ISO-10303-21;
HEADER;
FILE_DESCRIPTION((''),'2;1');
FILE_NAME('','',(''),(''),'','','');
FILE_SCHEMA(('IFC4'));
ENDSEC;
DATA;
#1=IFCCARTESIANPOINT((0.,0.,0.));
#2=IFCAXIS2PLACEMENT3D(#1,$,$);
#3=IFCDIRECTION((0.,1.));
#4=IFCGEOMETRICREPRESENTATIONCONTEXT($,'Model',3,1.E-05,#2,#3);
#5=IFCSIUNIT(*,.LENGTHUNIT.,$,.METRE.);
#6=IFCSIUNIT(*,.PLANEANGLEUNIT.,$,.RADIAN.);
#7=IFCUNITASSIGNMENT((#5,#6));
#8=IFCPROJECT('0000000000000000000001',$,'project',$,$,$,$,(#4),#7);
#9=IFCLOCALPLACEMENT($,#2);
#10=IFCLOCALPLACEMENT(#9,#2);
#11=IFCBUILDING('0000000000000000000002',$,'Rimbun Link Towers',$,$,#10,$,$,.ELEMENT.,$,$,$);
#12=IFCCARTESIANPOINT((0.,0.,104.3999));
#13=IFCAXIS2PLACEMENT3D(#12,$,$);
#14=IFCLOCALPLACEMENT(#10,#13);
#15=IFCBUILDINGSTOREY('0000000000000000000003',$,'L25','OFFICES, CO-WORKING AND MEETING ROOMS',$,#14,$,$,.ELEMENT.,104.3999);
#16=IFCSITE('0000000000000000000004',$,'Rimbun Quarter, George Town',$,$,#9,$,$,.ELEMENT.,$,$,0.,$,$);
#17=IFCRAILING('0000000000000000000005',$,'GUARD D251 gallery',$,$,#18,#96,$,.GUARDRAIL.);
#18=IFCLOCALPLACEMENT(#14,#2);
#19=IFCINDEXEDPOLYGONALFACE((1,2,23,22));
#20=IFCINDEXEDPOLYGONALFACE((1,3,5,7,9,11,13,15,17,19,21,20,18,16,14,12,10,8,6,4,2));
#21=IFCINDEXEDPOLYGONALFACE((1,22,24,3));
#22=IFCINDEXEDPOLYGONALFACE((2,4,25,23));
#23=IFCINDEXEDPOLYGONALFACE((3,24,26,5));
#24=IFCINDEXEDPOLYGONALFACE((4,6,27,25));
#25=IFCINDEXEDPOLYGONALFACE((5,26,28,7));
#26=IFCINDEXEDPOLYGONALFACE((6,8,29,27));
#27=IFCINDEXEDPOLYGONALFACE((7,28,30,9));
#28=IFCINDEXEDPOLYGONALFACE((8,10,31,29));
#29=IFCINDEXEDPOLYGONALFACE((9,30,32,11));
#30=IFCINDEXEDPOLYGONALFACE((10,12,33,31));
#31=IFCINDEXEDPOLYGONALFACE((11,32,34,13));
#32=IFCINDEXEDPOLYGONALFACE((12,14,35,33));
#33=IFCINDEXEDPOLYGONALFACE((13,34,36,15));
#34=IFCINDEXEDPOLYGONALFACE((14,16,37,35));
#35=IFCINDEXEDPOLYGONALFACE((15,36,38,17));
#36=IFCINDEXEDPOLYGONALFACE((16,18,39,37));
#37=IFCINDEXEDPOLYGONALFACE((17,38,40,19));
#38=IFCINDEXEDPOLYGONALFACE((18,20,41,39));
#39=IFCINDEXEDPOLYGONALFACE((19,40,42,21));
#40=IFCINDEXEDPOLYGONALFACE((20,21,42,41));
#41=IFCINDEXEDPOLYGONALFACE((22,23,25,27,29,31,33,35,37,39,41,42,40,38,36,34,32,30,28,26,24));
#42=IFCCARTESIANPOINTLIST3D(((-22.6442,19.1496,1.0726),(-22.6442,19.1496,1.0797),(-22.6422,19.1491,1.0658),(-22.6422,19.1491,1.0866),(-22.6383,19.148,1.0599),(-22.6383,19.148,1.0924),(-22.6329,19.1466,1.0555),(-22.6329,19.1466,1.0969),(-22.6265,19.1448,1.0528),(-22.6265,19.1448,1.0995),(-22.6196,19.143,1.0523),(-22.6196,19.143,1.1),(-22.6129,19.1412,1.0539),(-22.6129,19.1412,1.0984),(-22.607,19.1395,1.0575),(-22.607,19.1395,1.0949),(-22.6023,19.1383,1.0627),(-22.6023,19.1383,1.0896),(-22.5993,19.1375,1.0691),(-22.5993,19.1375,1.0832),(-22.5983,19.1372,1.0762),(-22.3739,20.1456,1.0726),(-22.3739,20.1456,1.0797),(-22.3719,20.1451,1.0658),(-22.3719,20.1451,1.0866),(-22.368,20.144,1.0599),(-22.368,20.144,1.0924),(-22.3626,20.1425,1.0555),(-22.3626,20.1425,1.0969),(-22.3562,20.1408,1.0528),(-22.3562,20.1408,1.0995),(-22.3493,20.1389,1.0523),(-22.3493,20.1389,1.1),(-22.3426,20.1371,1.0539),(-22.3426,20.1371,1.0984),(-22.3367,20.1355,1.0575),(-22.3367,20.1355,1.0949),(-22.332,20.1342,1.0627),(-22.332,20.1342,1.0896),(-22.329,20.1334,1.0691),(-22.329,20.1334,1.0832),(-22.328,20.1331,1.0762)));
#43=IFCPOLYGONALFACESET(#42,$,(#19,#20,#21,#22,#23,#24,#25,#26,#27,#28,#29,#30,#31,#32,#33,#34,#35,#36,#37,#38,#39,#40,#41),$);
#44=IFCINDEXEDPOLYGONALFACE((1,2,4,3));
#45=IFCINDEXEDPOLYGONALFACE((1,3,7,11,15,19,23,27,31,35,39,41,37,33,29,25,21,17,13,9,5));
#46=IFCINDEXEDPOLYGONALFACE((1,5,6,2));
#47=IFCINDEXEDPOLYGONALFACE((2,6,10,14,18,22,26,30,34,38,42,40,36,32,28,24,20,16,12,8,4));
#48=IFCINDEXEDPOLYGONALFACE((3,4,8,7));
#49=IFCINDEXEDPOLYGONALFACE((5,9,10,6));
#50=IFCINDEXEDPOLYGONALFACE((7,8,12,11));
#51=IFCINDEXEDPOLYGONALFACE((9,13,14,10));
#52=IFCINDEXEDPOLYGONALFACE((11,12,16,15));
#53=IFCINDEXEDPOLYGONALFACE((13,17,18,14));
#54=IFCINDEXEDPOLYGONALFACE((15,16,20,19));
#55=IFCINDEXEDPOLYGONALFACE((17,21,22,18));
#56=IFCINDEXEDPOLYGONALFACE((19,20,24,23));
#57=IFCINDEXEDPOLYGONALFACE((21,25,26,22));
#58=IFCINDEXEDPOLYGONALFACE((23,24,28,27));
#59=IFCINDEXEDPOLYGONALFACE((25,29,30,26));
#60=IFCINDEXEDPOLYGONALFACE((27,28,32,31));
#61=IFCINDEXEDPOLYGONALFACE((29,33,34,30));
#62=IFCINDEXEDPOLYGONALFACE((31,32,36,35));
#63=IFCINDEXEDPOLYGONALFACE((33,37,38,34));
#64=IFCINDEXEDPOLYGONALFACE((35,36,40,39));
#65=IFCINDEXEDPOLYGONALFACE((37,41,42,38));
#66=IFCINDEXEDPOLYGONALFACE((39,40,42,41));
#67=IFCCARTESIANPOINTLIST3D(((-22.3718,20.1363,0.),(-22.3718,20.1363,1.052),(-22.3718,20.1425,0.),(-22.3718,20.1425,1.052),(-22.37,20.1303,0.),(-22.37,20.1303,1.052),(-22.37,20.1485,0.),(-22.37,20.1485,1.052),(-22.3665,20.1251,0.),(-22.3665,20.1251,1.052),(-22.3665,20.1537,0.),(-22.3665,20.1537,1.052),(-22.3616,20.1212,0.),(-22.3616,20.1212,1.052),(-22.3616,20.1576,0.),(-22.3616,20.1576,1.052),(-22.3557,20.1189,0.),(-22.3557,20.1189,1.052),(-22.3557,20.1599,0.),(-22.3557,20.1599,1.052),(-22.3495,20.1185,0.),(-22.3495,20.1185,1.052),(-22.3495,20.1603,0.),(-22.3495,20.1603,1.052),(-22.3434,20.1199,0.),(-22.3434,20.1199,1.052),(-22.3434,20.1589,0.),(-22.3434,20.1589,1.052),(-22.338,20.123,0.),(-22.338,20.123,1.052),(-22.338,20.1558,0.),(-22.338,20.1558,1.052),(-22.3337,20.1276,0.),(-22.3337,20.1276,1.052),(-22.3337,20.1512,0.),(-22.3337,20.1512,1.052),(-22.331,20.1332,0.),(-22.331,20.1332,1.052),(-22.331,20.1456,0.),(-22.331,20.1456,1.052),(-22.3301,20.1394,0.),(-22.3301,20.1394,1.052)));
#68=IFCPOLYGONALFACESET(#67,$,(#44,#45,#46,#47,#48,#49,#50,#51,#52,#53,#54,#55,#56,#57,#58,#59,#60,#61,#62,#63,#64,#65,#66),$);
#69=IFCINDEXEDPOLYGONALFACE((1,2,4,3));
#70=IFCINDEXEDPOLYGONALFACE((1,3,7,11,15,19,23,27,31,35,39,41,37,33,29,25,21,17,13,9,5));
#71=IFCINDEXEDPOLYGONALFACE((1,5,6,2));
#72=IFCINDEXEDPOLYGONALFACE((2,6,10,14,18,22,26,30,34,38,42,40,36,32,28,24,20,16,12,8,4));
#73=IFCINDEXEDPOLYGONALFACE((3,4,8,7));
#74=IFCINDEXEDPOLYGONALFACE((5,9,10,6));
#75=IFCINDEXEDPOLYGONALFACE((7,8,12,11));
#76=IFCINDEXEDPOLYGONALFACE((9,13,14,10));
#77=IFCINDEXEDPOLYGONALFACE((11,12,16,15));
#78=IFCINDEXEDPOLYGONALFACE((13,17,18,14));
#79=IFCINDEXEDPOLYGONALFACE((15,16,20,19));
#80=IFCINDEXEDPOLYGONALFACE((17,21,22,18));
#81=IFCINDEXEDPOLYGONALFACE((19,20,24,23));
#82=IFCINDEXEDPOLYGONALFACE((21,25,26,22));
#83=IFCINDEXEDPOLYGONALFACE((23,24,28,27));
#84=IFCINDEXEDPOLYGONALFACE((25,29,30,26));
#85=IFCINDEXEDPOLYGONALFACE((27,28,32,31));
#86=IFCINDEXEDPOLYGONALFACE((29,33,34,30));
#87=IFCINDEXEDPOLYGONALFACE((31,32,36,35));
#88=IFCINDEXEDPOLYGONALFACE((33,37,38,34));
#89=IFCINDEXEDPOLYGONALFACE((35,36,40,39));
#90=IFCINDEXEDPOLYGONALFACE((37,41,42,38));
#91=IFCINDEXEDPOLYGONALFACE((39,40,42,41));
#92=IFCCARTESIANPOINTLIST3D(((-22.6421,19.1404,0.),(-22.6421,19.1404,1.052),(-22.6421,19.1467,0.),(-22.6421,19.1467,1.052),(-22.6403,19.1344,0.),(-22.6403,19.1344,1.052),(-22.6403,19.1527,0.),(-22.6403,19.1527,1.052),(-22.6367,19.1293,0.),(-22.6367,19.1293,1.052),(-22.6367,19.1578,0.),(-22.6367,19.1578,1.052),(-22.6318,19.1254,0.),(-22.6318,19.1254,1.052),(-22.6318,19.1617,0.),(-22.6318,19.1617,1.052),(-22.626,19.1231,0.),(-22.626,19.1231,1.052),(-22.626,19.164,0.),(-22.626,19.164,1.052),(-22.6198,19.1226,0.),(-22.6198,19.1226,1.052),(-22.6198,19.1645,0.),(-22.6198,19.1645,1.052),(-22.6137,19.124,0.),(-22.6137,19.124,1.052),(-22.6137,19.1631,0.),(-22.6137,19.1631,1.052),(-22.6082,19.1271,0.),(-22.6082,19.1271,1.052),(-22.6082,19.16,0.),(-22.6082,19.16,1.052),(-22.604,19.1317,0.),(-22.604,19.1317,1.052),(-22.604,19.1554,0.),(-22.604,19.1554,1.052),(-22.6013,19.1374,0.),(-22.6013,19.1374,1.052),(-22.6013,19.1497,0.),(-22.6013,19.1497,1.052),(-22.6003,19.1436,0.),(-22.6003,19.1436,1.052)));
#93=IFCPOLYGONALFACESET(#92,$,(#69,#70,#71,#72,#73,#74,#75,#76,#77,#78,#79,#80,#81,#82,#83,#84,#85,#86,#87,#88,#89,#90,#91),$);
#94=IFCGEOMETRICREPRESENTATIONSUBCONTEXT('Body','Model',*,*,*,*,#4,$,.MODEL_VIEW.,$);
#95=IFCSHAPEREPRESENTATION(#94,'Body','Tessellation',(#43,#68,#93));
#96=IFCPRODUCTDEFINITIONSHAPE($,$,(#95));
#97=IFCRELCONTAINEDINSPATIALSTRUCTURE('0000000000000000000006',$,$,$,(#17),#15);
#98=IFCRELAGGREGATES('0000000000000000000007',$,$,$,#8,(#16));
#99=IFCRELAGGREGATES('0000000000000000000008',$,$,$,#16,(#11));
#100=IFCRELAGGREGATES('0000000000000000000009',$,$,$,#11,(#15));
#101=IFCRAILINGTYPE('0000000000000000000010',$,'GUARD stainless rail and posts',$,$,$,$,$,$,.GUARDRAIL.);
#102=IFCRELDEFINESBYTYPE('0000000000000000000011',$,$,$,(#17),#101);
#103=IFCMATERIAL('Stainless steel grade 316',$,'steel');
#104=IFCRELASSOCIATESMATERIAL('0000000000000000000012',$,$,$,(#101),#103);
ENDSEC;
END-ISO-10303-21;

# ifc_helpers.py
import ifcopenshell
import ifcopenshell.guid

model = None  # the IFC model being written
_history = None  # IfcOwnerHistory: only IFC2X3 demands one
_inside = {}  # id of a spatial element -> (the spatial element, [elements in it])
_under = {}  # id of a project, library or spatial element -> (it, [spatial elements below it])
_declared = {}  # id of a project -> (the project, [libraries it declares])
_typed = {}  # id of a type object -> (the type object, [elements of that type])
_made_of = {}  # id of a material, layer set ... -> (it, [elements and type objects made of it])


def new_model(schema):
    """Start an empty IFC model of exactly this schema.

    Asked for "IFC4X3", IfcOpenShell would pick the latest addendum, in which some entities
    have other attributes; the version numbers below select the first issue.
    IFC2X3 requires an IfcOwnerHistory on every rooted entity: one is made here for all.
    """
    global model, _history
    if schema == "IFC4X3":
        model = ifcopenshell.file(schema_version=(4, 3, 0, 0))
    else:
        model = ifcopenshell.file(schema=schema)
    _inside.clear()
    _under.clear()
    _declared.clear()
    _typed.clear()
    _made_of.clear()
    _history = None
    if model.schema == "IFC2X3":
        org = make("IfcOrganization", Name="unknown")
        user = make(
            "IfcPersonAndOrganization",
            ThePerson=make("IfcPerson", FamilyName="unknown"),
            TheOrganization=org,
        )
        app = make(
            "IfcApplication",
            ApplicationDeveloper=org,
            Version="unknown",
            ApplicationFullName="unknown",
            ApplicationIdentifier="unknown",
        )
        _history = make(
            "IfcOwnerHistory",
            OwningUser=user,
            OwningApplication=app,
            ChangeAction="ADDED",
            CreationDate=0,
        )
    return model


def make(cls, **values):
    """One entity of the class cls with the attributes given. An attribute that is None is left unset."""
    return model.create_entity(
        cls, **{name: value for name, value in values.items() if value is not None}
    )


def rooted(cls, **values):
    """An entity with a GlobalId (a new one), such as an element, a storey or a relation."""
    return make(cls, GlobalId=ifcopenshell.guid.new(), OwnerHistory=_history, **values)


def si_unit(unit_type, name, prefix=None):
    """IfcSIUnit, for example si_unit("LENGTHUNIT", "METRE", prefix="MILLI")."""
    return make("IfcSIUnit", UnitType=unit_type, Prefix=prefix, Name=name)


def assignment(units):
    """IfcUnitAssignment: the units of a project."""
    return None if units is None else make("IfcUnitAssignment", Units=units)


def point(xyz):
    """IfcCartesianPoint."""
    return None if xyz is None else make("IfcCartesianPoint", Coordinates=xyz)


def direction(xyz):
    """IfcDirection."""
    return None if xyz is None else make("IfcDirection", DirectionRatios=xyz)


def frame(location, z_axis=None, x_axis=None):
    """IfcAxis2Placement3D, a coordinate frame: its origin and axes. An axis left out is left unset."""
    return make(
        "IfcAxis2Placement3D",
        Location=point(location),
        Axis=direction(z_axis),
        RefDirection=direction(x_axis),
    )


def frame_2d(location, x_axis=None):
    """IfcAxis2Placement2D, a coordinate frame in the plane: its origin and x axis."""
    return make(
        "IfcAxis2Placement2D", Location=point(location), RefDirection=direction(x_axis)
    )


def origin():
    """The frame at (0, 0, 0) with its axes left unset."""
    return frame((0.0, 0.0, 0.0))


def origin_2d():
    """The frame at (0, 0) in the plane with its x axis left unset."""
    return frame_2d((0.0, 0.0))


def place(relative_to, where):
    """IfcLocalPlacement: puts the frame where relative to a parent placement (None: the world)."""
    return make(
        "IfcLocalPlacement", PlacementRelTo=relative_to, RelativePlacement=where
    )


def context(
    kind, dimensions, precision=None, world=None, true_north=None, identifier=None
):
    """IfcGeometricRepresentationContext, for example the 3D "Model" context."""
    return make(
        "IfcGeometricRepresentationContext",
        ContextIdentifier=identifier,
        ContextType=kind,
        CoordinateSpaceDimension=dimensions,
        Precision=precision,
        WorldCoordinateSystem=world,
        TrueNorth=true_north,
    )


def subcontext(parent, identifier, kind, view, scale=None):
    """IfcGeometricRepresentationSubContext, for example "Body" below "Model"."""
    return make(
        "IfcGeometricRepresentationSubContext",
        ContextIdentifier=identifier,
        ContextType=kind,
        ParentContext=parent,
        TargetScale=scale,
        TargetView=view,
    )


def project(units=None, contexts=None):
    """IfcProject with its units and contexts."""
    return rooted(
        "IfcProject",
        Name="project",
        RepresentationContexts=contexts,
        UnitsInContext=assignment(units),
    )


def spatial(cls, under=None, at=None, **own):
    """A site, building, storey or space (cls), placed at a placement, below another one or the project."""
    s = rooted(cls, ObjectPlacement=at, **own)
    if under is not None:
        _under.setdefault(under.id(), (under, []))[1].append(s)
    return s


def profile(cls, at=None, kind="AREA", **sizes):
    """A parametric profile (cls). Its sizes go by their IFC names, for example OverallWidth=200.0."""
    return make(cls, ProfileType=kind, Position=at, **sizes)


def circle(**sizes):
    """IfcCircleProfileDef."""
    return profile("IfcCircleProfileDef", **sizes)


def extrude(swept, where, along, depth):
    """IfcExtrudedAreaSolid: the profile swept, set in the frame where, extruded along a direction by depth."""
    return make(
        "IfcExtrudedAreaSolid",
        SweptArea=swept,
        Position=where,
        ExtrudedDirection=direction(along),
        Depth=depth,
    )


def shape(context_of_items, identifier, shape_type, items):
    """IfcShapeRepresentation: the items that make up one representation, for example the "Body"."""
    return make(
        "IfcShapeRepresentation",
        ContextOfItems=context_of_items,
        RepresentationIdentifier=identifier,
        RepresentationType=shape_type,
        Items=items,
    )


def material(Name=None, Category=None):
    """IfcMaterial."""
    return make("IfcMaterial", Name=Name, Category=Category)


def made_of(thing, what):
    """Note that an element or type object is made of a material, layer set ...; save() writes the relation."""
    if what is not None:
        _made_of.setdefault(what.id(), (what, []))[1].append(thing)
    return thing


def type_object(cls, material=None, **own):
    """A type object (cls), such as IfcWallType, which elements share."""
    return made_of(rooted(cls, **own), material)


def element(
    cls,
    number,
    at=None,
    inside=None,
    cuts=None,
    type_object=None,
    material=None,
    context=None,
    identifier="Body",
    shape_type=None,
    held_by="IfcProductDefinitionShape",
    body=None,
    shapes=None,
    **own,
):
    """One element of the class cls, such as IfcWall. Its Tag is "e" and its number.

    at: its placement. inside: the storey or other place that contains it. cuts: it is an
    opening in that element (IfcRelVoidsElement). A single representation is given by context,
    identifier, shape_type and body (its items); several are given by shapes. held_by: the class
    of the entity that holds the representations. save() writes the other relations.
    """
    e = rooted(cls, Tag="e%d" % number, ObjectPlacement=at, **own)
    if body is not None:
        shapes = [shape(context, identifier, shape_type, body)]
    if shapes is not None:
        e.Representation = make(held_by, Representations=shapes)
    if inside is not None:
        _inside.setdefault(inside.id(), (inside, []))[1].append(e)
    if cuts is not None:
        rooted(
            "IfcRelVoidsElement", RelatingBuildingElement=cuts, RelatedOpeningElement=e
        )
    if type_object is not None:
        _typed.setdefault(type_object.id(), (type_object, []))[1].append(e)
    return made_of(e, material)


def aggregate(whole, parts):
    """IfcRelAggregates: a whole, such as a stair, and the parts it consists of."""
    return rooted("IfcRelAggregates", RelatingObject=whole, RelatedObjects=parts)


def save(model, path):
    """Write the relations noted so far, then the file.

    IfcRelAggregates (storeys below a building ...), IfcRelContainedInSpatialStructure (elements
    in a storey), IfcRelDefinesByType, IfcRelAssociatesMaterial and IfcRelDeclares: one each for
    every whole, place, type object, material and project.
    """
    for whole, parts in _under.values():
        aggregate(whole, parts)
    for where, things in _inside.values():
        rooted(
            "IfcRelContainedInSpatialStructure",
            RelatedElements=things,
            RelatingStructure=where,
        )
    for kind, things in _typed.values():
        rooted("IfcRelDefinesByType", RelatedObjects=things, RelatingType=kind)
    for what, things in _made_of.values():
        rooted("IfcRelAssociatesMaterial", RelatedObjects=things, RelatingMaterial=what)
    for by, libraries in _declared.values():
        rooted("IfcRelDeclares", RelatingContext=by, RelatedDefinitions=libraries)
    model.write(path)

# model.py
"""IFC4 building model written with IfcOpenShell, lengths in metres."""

from ifc_helpers import new_model, si_unit, direction, frame, origin, origin_2d, place, context, subcontext, project, spatial, circle, extrude, material, type_object, element, save


model = new_model("IFC4")

# Units and contexts
model_context = context("Model", 3, precision=1e-05, world=origin(), true_north=direction((0.0, 1.0)))
body_context = subcontext(model_context, "Body", "Model", "MODEL_VIEW")
ifc_project = project(units=[si_unit("LENGTHUNIT", "METRE"), si_unit("PLANEANGLEUNIT", "RADIAN")], contexts=[model_context])

# Site, building, storey
site_placement = place(None, origin())
site = spatial("IfcSite", under=ifc_project, at=site_placement, Name="Rimbun Quarter, George Town", CompositionType="ELEMENT", RefElevation=0.0)
building_placement = place(site_placement, origin())
building = spatial("IfcBuilding", under=site, at=building_placement, Name="Rimbun Link Towers", CompositionType="ELEMENT")
storey_placement = place(building_placement, frame((0.0, 0.0, 104.3999)))
storey = spatial("IfcBuildingStorey", under=building, at=storey_placement, Name="L25", Description="OFFICES, CO-WORKING AND MEETING ROOMS", CompositionType="ELEMENT", Elevation=104.3999)

# Railing
ifc_material_1 = material(Name="Stainless steel grade 316", Category="steel")
railing_type = type_object("IfcRailingType", Name="GUARD stainless rail and posts", PredefinedType="GUARDRAIL", material=ifc_material_1)
railing_1_placement = place(storey_placement, frame((-22.3511, 20.1394, 0.0)))
element("IfcRailing", 1, at=railing_1_placement, inside=storey, type_object=railing_type, Name="GUARD D251 gallery", PredefinedType="GUARDRAIL", context=body_context, shape_type="SweptSolid", body=[
    extrude(circle(Radius=0.0239, at=origin_2d()), frame((0.0, 0.0, 1.0762), z_axis=(-0.261916, -0.965091, 0.0), x_axis=(0.965091, -0.261916, 0.0)), (0.0, 0.0, 1.0), 1.032),
    extrude(circle(Radius=0.021, at=origin_2d()), origin(), (0.0, 0.0, 1.0), 1.052),
    extrude(circle(Radius=0.021, at=origin_2d()), frame((-0.2703, -0.9958, 0.0)), (0.0, 0.0, 1.0), 1.052),
])

save(model, "model.ifc")
